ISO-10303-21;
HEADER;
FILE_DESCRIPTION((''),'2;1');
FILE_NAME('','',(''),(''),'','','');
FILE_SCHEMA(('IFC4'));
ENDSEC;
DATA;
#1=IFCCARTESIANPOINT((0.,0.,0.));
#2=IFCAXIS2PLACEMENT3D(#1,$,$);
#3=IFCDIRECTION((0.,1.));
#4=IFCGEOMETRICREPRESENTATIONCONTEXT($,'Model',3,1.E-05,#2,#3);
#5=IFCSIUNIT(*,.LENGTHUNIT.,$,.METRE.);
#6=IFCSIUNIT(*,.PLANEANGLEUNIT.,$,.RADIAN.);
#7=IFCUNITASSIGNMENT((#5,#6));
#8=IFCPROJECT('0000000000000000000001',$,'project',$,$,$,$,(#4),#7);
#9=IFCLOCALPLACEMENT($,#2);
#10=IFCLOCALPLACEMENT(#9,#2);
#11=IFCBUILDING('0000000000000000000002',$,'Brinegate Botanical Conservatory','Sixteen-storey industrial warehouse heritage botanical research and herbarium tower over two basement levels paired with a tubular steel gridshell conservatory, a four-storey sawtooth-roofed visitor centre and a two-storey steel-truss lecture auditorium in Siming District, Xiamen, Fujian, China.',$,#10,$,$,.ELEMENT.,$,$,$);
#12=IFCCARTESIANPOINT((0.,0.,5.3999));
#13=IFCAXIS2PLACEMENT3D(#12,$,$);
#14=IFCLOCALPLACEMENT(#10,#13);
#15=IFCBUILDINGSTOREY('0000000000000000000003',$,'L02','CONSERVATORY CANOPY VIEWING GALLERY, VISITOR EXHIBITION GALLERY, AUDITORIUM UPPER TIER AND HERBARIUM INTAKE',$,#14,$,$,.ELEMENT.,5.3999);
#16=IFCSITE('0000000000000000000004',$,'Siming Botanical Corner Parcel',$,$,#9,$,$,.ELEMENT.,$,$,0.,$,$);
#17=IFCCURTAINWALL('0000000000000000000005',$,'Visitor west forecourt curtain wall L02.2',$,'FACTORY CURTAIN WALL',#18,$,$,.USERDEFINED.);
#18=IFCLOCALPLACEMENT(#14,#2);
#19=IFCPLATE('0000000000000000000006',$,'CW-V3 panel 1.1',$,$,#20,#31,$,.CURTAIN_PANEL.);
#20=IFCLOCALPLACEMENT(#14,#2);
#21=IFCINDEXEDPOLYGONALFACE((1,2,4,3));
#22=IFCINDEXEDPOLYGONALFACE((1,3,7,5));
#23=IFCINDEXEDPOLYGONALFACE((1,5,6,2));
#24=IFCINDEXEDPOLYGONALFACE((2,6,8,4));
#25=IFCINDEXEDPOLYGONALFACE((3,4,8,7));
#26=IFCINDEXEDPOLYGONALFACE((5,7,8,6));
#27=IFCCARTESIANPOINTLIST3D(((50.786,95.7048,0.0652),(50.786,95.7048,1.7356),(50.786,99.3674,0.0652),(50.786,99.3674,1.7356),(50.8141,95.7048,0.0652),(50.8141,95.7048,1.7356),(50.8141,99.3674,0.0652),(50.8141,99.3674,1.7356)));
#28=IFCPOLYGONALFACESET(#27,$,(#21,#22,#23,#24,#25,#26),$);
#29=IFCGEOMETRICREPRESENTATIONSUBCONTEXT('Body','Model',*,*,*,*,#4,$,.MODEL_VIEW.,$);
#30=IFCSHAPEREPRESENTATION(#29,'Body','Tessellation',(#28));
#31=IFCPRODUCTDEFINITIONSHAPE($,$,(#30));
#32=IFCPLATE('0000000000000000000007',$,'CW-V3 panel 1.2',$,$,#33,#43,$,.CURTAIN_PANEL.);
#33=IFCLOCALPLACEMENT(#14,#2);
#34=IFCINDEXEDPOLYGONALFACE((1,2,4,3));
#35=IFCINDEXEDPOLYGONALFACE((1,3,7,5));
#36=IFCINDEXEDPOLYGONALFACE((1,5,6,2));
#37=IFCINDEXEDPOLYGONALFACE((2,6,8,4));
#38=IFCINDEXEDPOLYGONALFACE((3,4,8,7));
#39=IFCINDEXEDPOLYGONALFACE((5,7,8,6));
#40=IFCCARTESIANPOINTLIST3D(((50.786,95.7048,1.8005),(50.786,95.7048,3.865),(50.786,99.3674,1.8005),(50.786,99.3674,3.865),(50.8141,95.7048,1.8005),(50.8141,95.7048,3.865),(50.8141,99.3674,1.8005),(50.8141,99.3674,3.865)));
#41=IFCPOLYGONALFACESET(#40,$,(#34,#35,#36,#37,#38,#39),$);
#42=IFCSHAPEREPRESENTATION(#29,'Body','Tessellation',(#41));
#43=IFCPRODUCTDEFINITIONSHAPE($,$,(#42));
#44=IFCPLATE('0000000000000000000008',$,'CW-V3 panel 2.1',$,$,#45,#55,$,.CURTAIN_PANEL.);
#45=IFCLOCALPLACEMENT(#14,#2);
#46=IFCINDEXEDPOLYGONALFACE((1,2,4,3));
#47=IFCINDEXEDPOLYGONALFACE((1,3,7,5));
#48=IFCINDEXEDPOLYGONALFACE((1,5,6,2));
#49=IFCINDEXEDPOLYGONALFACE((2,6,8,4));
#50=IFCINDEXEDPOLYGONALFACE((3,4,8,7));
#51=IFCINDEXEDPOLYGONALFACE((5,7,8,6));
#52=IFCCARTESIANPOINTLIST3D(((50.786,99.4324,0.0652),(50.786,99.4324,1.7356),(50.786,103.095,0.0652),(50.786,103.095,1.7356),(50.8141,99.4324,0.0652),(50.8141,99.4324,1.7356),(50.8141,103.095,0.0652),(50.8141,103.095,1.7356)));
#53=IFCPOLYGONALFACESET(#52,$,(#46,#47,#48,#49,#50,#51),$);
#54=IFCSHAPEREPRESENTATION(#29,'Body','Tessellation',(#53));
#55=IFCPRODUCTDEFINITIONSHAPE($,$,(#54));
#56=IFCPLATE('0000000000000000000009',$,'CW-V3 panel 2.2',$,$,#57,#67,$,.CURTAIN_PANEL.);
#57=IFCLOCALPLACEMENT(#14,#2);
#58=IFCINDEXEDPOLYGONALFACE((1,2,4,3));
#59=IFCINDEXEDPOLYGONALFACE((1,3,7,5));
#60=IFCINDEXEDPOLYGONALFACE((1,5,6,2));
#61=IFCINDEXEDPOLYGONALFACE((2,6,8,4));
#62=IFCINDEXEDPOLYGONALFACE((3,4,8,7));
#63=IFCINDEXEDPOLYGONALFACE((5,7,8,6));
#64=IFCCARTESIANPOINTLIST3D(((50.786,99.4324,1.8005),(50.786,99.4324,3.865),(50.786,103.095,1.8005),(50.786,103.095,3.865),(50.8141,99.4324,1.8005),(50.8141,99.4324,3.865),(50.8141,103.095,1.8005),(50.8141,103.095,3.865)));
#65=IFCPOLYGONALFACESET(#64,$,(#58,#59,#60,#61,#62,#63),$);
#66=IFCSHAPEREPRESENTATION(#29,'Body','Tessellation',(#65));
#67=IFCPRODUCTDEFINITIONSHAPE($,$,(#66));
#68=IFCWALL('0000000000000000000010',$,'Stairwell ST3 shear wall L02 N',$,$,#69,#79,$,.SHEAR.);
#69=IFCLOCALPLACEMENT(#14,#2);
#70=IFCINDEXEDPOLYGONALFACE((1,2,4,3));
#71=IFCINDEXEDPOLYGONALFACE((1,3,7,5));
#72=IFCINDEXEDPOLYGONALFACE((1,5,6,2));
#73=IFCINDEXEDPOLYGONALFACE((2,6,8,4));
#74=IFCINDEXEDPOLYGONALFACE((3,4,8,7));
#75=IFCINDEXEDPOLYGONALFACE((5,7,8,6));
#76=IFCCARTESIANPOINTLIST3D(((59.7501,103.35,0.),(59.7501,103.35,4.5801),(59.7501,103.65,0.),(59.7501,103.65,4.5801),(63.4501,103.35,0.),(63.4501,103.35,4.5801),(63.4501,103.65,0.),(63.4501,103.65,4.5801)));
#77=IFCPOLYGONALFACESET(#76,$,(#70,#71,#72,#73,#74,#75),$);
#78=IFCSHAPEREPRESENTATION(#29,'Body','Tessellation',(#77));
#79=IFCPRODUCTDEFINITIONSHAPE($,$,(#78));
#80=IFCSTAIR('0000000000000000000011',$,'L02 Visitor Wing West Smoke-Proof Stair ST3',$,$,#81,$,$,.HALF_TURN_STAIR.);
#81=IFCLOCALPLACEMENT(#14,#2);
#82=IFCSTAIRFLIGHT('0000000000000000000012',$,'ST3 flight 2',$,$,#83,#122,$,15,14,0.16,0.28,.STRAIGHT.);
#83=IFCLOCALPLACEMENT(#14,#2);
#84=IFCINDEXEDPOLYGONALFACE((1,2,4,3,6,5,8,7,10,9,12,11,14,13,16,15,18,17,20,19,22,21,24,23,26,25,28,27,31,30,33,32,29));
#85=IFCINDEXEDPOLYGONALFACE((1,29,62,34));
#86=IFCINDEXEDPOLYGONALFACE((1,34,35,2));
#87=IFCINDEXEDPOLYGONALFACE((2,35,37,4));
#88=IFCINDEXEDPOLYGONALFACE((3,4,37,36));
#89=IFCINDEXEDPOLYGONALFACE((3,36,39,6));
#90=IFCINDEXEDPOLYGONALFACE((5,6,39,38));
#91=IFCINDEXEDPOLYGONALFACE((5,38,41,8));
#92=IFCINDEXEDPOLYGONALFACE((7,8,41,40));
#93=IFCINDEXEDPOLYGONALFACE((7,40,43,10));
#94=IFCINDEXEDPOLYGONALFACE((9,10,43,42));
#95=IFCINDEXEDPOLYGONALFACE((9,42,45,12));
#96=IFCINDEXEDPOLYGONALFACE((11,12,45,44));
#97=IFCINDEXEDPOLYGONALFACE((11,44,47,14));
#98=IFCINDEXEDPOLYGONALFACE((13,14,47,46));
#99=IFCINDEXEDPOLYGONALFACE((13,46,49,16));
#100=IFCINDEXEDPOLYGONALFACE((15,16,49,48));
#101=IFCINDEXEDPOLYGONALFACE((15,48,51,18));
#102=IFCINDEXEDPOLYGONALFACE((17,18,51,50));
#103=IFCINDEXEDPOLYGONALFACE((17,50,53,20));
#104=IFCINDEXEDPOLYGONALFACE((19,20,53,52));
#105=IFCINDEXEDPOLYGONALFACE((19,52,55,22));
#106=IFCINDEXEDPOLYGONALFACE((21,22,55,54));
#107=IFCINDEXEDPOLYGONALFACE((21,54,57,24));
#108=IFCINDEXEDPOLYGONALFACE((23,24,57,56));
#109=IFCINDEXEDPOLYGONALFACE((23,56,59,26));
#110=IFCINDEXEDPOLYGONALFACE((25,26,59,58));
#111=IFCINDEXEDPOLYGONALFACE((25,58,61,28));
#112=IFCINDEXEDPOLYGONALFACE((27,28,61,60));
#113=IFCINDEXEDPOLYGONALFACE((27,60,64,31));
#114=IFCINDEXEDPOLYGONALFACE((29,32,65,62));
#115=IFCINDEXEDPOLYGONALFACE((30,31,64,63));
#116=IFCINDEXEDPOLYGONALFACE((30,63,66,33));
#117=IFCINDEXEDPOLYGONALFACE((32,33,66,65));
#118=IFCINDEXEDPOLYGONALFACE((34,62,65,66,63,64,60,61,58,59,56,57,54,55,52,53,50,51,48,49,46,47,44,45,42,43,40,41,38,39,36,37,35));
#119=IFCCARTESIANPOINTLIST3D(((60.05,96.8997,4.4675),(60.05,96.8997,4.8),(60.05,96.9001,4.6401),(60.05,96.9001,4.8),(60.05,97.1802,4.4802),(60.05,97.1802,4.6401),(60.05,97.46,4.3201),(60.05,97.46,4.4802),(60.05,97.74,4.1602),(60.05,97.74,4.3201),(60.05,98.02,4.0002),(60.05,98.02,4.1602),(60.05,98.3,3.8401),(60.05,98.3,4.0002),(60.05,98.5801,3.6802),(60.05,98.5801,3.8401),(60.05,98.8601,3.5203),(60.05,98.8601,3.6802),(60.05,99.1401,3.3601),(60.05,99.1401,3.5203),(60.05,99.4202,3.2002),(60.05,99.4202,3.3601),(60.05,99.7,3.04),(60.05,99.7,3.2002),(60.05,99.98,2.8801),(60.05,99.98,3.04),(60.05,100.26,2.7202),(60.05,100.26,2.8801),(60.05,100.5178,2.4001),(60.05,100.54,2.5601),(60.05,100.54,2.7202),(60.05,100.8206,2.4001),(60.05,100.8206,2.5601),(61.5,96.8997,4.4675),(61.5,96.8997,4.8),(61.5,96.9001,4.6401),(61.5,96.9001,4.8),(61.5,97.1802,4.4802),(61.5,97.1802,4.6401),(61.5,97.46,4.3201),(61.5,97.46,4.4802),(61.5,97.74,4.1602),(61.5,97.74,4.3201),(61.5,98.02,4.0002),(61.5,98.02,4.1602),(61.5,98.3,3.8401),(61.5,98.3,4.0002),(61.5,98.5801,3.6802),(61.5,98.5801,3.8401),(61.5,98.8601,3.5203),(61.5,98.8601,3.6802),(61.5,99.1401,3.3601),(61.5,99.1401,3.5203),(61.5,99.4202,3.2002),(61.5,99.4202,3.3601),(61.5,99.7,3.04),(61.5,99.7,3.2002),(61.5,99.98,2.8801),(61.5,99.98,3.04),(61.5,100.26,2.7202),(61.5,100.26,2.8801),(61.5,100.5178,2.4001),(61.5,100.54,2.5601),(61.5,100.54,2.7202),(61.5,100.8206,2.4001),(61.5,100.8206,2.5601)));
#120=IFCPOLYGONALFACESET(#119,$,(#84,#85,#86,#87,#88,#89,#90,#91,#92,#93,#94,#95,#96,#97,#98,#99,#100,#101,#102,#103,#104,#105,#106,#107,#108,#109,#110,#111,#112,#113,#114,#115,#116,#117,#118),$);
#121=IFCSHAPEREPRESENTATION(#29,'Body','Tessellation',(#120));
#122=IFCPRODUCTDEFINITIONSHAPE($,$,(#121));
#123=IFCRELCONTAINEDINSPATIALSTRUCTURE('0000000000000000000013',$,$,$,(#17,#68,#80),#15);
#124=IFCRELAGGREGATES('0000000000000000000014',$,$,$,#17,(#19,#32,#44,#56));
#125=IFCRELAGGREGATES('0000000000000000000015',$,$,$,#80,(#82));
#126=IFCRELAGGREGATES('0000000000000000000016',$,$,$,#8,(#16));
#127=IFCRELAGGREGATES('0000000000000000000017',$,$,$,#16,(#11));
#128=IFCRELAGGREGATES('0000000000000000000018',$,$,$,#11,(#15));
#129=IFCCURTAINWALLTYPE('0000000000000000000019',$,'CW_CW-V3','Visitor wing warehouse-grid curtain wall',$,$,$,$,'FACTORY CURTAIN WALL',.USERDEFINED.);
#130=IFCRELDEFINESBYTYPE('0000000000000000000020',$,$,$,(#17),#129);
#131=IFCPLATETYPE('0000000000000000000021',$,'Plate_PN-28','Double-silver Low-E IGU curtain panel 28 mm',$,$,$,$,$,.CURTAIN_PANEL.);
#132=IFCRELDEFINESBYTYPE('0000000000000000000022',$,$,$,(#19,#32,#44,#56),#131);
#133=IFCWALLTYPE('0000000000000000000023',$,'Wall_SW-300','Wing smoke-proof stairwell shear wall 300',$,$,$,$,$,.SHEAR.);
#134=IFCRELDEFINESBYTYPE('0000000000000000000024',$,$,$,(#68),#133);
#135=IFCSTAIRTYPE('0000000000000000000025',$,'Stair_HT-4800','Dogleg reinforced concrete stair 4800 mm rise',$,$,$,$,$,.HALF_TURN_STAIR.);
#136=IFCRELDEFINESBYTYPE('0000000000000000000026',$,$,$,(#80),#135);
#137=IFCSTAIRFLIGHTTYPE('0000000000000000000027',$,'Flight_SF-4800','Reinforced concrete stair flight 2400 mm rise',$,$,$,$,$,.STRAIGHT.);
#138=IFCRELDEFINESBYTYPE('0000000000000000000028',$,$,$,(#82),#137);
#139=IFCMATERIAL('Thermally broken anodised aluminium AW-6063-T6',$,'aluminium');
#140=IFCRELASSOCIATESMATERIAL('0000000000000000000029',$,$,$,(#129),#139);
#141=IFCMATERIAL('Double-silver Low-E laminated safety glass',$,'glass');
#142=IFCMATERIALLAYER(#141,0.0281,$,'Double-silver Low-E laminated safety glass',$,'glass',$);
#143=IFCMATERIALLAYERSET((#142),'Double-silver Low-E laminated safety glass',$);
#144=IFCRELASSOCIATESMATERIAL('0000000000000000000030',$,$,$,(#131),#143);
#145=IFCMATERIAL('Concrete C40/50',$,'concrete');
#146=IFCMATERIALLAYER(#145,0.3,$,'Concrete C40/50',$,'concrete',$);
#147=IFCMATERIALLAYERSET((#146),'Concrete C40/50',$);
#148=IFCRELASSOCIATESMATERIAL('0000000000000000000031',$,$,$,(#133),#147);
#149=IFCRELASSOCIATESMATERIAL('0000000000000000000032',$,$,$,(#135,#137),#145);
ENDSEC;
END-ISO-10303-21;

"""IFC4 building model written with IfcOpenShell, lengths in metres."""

from ifc_helpers import new_model, si_unit, direction, frame, frame_2d, origin, origin_2d, place, context, subcontext, project, spatial, polyline, rectangle, outline, extrude, material, layer, layer_set, type_object, element, aggregate, save


model = new_model("IFC4")

# Units and contexts
model_context = context("Model", 3, precision=1e-05, world=origin(), true_north=direction((0.0, 1.0)))
body_context = subcontext(model_context, "Body", "Model", "MODEL_VIEW")
ifc_project = project(units=[si_unit("LENGTHUNIT", "METRE"), si_unit("PLANEANGLEUNIT", "RADIAN")], contexts=[model_context])

# Site, building, storey
site_placement = place(None, origin())
site = spatial("IfcSite", under=ifc_project, at=site_placement, Name="Siming Botanical Corner Parcel", CompositionType="ELEMENT", RefElevation=0.0)
building_placement = place(site_placement, origin())
building = spatial("IfcBuilding", under=site, at=building_placement, Name="Brinegate Botanical Conservatory", Description="Sixteen-storey industrial warehouse heritage botanical research and herbarium tower over two basement levels paired with a tubular steel gridshell conservatory, a four-storey sawtooth-roofed visitor centre and a two-storey steel-truss lecture auditorium in Siming District, Xiamen, Fujian, China.", CompositionType="ELEMENT")
storey_placement = place(building_placement, frame((0.0, 0.0, 5.3999)))
storey = spatial("IfcBuildingStorey", under=building, at=storey_placement, Name="L02", Description="CONSERVATORY CANOPY VIEWING GALLERY, VISITOR EXHIBITION GALLERY, AUDITORIUM UPPER TIER AND HERBARIUM INTAKE", CompositionType="ELEMENT", Elevation=5.3999)

# Shared definitions
ifc_material_1 = material(Name="Concrete C40/50", Category="concrete")

# Curtain wall, plates
ifc_material_2 = material(Name="Thermally broken anodised aluminium AW-6063-T6", Category="aluminium")
curtain_wall_type = type_object("IfcCurtainWallType", Name="CW_CW-V3", Description="Visitor wing warehouse-grid curtain wall", ElementType="FACTORY CURTAIN WALL", PredefinedType="USERDEFINED", material=ifc_material_2)
curtain_wall_placement = place(storey_placement, origin())
curtain_wall = element("IfcCurtainWall", 1, at=curtain_wall_placement, inside=storey, type_object=curtain_wall_type, Name="Visitor west forecourt curtain wall L02.2", ObjectType="FACTORY CURTAIN WALL", PredefinedType="USERDEFINED")
ifc_material_3 = material(Name="Double-silver Low-E laminated safety glass", Category="glass")
ifc_layer_1 = layer(ifc_material_3, 0.0281, Name="Double-silver Low-E laminated safety glass", Category="glass")
ifc_layer_set_1 = layer_set([ifc_layer_1], Name="Double-silver Low-E laminated safety glass")
plate_type = type_object("IfcPlateType", Name="Plate_PN-28", Description="Double-silver Low-E IGU curtain panel 28 mm", PredefinedType="CURTAIN_PANEL", material=ifc_layer_set_1)
plate_1_placement = place(storey_placement, frame((50.8, 97.5361, 0.0652), z_axis=(0.0, 0.0, 1.0), x_axis=(0.0, 1.0, 0.0)))
plate_1 = element("IfcPlate", 2, at=plate_1_placement, type_object=plate_type, Name="CW-V3 panel 1.1", PredefinedType="CURTAIN_PANEL", context=body_context, shape_type="SweptSolid", body=[
    extrude(rectangle(XDim=3.6626, YDim=0.0281, at=origin_2d()), origin(), (0.0, 0.0, 1.0), 1.6704),
])
plate_2_placement = place(storey_placement, frame((50.8, 97.5361, 1.8005), z_axis=(0.0, 0.0, 1.0), x_axis=(0.0, 1.0, 0.0)))
plate_2 = element("IfcPlate", 3, at=plate_2_placement, type_object=plate_type, Name="CW-V3 panel 1.2", PredefinedType="CURTAIN_PANEL", context=body_context, shape_type="SweptSolid", body=[
    extrude(rectangle(XDim=3.6626, YDim=0.0281, at=origin_2d()), origin(), (0.0, 0.0, 1.0), 2.0645),
])
plate_3_placement = place(storey_placement, frame((50.8, 101.2637, 0.0652), z_axis=(0.0, 0.0, 1.0), x_axis=(0.0, 1.0, 0.0)))
plate_3 = element("IfcPlate", 4, at=plate_3_placement, type_object=plate_type, Name="CW-V3 panel 2.1", PredefinedType="CURTAIN_PANEL", context=body_context, shape_type="SweptSolid", body=[
    extrude(rectangle(XDim=3.6626, YDim=0.0281, at=origin_2d()), origin(), (0.0, 0.0, 1.0), 1.6704),
])
plate_4_placement = place(storey_placement, frame((50.8, 101.2637, 1.8005), z_axis=(0.0, 0.0, 1.0), x_axis=(0.0, 1.0, 0.0)))
plate_4 = element("IfcPlate", 5, at=plate_4_placement, type_object=plate_type, Name="CW-V3 panel 2.2", PredefinedType="CURTAIN_PANEL", context=body_context, shape_type="SweptSolid", body=[
    extrude(rectangle(XDim=3.6626, YDim=0.0281, at=origin_2d()), origin(), (0.0, 0.0, 1.0), 2.0645),
])
aggregate(curtain_wall, [plate_1, plate_2, plate_3, plate_4])

# Wall
ifc_layer_2 = layer(ifc_material_1, 0.3, Name="Concrete C40/50", Category="concrete")
ifc_layer_set_2 = layer_set([ifc_layer_2], Name="Concrete C40/50")
wall_type = type_object("IfcWallType", Name="Wall_SW-300", Description="Wing smoke-proof stairwell shear wall 300", PredefinedType="SHEAR", material=ifc_layer_set_2)
wall_placement = place(storey_placement, frame((59.75, 103.5, 0.0), z_axis=(0.0, 0.0, 1.0), x_axis=(1.0, 0.0, 0.0)))
element("IfcWall", 6, at=wall_placement, inside=storey, type_object=wall_type, Name="Stairwell ST3 shear wall L02 N", PredefinedType="SHEAR", context=body_context, shape_type="SweptSolid", body=[
    extrude(rectangle(XDim=3.7, YDim=0.3, at=frame_2d((1.8501, 0.0))), origin(), (0.0, 0.0, 1.0), 4.5801),
])

# Stair, stair flight
stair_type = type_object("IfcStairType", Name="Stair_HT-4800", Description="Dogleg reinforced concrete stair 4800 mm rise", PredefinedType="HALF_TURN_STAIR", material=ifc_material_1)
stair_placement = place(storey_placement, origin())
stair = element("IfcStair", 7, at=stair_placement, inside=storey, type_object=stair_type, Name="L02 Visitor Wing West Smoke-Proof Stair ST3", PredefinedType="HALF_TURN_STAIR")
stair_flight_type = type_object("IfcStairFlightType", Name="Flight_SF-4800", Description="Reinforced concrete stair flight 2400 mm rise", PredefinedType="STRAIGHT", material=ifc_material_1)
stair_flight_placement = place(storey_placement, frame((60.7749, 100.8201, 2.4001), z_axis=(0.0, 0.0, 1.0), x_axis=(0.0, -1.0, 0.0)))
stair_flight = element("IfcStairFlight", 8, at=stair_flight_placement, type_object=stair_flight_type, Name="ST3 flight 2", NumberOfRisers=15, NumberOfTreads=14, PredefinedType="STRAIGHT", RiserHeight=0.16, TreadLength=0.28, context=body_context, shape_type="SweptSolid", body=[
    extrude(outline(polyline([(-0.0005, 0.0), (-0.0005, 0.1599), (0.28, 0.1599), (0.28, 0.3201), (0.5601, 0.3201), (0.5601, 0.48), (0.8401, 0.48), (0.8401, 0.6399), (1.1201, 0.6399), (1.1201, 0.8), (1.3999, 0.8), (1.3999, 0.96), (1.6799, 0.96), (1.6799, 1.1201), (1.96, 1.1201), (1.96, 1.28), (2.24, 1.28), (2.24, 1.4399), (2.52, 1.4399), (2.52, 1.6001), (2.8, 1.6001), (2.8, 1.76), (3.0801, 1.76), (3.0801, 1.9199), (3.3601, 1.9199), (3.3601, 2.0801), (3.6399, 2.0801), (3.6399, 2.24), (3.9199, 2.24), (3.9199, 2.3999), (3.9204, 2.3999), (3.9204, 2.0674), (0.3022, 0.0), (-0.0005, 0.0)])), frame((0.0, 0.7251, 0.0), z_axis=(0.0, -1.0, 0.0), x_axis=(1.0, 0.0, 0.0)), (0.0, 0.0, 1.0), 1.45),
])
aggregate(stair, [stair_flight])

save(model, "model.ifc")
